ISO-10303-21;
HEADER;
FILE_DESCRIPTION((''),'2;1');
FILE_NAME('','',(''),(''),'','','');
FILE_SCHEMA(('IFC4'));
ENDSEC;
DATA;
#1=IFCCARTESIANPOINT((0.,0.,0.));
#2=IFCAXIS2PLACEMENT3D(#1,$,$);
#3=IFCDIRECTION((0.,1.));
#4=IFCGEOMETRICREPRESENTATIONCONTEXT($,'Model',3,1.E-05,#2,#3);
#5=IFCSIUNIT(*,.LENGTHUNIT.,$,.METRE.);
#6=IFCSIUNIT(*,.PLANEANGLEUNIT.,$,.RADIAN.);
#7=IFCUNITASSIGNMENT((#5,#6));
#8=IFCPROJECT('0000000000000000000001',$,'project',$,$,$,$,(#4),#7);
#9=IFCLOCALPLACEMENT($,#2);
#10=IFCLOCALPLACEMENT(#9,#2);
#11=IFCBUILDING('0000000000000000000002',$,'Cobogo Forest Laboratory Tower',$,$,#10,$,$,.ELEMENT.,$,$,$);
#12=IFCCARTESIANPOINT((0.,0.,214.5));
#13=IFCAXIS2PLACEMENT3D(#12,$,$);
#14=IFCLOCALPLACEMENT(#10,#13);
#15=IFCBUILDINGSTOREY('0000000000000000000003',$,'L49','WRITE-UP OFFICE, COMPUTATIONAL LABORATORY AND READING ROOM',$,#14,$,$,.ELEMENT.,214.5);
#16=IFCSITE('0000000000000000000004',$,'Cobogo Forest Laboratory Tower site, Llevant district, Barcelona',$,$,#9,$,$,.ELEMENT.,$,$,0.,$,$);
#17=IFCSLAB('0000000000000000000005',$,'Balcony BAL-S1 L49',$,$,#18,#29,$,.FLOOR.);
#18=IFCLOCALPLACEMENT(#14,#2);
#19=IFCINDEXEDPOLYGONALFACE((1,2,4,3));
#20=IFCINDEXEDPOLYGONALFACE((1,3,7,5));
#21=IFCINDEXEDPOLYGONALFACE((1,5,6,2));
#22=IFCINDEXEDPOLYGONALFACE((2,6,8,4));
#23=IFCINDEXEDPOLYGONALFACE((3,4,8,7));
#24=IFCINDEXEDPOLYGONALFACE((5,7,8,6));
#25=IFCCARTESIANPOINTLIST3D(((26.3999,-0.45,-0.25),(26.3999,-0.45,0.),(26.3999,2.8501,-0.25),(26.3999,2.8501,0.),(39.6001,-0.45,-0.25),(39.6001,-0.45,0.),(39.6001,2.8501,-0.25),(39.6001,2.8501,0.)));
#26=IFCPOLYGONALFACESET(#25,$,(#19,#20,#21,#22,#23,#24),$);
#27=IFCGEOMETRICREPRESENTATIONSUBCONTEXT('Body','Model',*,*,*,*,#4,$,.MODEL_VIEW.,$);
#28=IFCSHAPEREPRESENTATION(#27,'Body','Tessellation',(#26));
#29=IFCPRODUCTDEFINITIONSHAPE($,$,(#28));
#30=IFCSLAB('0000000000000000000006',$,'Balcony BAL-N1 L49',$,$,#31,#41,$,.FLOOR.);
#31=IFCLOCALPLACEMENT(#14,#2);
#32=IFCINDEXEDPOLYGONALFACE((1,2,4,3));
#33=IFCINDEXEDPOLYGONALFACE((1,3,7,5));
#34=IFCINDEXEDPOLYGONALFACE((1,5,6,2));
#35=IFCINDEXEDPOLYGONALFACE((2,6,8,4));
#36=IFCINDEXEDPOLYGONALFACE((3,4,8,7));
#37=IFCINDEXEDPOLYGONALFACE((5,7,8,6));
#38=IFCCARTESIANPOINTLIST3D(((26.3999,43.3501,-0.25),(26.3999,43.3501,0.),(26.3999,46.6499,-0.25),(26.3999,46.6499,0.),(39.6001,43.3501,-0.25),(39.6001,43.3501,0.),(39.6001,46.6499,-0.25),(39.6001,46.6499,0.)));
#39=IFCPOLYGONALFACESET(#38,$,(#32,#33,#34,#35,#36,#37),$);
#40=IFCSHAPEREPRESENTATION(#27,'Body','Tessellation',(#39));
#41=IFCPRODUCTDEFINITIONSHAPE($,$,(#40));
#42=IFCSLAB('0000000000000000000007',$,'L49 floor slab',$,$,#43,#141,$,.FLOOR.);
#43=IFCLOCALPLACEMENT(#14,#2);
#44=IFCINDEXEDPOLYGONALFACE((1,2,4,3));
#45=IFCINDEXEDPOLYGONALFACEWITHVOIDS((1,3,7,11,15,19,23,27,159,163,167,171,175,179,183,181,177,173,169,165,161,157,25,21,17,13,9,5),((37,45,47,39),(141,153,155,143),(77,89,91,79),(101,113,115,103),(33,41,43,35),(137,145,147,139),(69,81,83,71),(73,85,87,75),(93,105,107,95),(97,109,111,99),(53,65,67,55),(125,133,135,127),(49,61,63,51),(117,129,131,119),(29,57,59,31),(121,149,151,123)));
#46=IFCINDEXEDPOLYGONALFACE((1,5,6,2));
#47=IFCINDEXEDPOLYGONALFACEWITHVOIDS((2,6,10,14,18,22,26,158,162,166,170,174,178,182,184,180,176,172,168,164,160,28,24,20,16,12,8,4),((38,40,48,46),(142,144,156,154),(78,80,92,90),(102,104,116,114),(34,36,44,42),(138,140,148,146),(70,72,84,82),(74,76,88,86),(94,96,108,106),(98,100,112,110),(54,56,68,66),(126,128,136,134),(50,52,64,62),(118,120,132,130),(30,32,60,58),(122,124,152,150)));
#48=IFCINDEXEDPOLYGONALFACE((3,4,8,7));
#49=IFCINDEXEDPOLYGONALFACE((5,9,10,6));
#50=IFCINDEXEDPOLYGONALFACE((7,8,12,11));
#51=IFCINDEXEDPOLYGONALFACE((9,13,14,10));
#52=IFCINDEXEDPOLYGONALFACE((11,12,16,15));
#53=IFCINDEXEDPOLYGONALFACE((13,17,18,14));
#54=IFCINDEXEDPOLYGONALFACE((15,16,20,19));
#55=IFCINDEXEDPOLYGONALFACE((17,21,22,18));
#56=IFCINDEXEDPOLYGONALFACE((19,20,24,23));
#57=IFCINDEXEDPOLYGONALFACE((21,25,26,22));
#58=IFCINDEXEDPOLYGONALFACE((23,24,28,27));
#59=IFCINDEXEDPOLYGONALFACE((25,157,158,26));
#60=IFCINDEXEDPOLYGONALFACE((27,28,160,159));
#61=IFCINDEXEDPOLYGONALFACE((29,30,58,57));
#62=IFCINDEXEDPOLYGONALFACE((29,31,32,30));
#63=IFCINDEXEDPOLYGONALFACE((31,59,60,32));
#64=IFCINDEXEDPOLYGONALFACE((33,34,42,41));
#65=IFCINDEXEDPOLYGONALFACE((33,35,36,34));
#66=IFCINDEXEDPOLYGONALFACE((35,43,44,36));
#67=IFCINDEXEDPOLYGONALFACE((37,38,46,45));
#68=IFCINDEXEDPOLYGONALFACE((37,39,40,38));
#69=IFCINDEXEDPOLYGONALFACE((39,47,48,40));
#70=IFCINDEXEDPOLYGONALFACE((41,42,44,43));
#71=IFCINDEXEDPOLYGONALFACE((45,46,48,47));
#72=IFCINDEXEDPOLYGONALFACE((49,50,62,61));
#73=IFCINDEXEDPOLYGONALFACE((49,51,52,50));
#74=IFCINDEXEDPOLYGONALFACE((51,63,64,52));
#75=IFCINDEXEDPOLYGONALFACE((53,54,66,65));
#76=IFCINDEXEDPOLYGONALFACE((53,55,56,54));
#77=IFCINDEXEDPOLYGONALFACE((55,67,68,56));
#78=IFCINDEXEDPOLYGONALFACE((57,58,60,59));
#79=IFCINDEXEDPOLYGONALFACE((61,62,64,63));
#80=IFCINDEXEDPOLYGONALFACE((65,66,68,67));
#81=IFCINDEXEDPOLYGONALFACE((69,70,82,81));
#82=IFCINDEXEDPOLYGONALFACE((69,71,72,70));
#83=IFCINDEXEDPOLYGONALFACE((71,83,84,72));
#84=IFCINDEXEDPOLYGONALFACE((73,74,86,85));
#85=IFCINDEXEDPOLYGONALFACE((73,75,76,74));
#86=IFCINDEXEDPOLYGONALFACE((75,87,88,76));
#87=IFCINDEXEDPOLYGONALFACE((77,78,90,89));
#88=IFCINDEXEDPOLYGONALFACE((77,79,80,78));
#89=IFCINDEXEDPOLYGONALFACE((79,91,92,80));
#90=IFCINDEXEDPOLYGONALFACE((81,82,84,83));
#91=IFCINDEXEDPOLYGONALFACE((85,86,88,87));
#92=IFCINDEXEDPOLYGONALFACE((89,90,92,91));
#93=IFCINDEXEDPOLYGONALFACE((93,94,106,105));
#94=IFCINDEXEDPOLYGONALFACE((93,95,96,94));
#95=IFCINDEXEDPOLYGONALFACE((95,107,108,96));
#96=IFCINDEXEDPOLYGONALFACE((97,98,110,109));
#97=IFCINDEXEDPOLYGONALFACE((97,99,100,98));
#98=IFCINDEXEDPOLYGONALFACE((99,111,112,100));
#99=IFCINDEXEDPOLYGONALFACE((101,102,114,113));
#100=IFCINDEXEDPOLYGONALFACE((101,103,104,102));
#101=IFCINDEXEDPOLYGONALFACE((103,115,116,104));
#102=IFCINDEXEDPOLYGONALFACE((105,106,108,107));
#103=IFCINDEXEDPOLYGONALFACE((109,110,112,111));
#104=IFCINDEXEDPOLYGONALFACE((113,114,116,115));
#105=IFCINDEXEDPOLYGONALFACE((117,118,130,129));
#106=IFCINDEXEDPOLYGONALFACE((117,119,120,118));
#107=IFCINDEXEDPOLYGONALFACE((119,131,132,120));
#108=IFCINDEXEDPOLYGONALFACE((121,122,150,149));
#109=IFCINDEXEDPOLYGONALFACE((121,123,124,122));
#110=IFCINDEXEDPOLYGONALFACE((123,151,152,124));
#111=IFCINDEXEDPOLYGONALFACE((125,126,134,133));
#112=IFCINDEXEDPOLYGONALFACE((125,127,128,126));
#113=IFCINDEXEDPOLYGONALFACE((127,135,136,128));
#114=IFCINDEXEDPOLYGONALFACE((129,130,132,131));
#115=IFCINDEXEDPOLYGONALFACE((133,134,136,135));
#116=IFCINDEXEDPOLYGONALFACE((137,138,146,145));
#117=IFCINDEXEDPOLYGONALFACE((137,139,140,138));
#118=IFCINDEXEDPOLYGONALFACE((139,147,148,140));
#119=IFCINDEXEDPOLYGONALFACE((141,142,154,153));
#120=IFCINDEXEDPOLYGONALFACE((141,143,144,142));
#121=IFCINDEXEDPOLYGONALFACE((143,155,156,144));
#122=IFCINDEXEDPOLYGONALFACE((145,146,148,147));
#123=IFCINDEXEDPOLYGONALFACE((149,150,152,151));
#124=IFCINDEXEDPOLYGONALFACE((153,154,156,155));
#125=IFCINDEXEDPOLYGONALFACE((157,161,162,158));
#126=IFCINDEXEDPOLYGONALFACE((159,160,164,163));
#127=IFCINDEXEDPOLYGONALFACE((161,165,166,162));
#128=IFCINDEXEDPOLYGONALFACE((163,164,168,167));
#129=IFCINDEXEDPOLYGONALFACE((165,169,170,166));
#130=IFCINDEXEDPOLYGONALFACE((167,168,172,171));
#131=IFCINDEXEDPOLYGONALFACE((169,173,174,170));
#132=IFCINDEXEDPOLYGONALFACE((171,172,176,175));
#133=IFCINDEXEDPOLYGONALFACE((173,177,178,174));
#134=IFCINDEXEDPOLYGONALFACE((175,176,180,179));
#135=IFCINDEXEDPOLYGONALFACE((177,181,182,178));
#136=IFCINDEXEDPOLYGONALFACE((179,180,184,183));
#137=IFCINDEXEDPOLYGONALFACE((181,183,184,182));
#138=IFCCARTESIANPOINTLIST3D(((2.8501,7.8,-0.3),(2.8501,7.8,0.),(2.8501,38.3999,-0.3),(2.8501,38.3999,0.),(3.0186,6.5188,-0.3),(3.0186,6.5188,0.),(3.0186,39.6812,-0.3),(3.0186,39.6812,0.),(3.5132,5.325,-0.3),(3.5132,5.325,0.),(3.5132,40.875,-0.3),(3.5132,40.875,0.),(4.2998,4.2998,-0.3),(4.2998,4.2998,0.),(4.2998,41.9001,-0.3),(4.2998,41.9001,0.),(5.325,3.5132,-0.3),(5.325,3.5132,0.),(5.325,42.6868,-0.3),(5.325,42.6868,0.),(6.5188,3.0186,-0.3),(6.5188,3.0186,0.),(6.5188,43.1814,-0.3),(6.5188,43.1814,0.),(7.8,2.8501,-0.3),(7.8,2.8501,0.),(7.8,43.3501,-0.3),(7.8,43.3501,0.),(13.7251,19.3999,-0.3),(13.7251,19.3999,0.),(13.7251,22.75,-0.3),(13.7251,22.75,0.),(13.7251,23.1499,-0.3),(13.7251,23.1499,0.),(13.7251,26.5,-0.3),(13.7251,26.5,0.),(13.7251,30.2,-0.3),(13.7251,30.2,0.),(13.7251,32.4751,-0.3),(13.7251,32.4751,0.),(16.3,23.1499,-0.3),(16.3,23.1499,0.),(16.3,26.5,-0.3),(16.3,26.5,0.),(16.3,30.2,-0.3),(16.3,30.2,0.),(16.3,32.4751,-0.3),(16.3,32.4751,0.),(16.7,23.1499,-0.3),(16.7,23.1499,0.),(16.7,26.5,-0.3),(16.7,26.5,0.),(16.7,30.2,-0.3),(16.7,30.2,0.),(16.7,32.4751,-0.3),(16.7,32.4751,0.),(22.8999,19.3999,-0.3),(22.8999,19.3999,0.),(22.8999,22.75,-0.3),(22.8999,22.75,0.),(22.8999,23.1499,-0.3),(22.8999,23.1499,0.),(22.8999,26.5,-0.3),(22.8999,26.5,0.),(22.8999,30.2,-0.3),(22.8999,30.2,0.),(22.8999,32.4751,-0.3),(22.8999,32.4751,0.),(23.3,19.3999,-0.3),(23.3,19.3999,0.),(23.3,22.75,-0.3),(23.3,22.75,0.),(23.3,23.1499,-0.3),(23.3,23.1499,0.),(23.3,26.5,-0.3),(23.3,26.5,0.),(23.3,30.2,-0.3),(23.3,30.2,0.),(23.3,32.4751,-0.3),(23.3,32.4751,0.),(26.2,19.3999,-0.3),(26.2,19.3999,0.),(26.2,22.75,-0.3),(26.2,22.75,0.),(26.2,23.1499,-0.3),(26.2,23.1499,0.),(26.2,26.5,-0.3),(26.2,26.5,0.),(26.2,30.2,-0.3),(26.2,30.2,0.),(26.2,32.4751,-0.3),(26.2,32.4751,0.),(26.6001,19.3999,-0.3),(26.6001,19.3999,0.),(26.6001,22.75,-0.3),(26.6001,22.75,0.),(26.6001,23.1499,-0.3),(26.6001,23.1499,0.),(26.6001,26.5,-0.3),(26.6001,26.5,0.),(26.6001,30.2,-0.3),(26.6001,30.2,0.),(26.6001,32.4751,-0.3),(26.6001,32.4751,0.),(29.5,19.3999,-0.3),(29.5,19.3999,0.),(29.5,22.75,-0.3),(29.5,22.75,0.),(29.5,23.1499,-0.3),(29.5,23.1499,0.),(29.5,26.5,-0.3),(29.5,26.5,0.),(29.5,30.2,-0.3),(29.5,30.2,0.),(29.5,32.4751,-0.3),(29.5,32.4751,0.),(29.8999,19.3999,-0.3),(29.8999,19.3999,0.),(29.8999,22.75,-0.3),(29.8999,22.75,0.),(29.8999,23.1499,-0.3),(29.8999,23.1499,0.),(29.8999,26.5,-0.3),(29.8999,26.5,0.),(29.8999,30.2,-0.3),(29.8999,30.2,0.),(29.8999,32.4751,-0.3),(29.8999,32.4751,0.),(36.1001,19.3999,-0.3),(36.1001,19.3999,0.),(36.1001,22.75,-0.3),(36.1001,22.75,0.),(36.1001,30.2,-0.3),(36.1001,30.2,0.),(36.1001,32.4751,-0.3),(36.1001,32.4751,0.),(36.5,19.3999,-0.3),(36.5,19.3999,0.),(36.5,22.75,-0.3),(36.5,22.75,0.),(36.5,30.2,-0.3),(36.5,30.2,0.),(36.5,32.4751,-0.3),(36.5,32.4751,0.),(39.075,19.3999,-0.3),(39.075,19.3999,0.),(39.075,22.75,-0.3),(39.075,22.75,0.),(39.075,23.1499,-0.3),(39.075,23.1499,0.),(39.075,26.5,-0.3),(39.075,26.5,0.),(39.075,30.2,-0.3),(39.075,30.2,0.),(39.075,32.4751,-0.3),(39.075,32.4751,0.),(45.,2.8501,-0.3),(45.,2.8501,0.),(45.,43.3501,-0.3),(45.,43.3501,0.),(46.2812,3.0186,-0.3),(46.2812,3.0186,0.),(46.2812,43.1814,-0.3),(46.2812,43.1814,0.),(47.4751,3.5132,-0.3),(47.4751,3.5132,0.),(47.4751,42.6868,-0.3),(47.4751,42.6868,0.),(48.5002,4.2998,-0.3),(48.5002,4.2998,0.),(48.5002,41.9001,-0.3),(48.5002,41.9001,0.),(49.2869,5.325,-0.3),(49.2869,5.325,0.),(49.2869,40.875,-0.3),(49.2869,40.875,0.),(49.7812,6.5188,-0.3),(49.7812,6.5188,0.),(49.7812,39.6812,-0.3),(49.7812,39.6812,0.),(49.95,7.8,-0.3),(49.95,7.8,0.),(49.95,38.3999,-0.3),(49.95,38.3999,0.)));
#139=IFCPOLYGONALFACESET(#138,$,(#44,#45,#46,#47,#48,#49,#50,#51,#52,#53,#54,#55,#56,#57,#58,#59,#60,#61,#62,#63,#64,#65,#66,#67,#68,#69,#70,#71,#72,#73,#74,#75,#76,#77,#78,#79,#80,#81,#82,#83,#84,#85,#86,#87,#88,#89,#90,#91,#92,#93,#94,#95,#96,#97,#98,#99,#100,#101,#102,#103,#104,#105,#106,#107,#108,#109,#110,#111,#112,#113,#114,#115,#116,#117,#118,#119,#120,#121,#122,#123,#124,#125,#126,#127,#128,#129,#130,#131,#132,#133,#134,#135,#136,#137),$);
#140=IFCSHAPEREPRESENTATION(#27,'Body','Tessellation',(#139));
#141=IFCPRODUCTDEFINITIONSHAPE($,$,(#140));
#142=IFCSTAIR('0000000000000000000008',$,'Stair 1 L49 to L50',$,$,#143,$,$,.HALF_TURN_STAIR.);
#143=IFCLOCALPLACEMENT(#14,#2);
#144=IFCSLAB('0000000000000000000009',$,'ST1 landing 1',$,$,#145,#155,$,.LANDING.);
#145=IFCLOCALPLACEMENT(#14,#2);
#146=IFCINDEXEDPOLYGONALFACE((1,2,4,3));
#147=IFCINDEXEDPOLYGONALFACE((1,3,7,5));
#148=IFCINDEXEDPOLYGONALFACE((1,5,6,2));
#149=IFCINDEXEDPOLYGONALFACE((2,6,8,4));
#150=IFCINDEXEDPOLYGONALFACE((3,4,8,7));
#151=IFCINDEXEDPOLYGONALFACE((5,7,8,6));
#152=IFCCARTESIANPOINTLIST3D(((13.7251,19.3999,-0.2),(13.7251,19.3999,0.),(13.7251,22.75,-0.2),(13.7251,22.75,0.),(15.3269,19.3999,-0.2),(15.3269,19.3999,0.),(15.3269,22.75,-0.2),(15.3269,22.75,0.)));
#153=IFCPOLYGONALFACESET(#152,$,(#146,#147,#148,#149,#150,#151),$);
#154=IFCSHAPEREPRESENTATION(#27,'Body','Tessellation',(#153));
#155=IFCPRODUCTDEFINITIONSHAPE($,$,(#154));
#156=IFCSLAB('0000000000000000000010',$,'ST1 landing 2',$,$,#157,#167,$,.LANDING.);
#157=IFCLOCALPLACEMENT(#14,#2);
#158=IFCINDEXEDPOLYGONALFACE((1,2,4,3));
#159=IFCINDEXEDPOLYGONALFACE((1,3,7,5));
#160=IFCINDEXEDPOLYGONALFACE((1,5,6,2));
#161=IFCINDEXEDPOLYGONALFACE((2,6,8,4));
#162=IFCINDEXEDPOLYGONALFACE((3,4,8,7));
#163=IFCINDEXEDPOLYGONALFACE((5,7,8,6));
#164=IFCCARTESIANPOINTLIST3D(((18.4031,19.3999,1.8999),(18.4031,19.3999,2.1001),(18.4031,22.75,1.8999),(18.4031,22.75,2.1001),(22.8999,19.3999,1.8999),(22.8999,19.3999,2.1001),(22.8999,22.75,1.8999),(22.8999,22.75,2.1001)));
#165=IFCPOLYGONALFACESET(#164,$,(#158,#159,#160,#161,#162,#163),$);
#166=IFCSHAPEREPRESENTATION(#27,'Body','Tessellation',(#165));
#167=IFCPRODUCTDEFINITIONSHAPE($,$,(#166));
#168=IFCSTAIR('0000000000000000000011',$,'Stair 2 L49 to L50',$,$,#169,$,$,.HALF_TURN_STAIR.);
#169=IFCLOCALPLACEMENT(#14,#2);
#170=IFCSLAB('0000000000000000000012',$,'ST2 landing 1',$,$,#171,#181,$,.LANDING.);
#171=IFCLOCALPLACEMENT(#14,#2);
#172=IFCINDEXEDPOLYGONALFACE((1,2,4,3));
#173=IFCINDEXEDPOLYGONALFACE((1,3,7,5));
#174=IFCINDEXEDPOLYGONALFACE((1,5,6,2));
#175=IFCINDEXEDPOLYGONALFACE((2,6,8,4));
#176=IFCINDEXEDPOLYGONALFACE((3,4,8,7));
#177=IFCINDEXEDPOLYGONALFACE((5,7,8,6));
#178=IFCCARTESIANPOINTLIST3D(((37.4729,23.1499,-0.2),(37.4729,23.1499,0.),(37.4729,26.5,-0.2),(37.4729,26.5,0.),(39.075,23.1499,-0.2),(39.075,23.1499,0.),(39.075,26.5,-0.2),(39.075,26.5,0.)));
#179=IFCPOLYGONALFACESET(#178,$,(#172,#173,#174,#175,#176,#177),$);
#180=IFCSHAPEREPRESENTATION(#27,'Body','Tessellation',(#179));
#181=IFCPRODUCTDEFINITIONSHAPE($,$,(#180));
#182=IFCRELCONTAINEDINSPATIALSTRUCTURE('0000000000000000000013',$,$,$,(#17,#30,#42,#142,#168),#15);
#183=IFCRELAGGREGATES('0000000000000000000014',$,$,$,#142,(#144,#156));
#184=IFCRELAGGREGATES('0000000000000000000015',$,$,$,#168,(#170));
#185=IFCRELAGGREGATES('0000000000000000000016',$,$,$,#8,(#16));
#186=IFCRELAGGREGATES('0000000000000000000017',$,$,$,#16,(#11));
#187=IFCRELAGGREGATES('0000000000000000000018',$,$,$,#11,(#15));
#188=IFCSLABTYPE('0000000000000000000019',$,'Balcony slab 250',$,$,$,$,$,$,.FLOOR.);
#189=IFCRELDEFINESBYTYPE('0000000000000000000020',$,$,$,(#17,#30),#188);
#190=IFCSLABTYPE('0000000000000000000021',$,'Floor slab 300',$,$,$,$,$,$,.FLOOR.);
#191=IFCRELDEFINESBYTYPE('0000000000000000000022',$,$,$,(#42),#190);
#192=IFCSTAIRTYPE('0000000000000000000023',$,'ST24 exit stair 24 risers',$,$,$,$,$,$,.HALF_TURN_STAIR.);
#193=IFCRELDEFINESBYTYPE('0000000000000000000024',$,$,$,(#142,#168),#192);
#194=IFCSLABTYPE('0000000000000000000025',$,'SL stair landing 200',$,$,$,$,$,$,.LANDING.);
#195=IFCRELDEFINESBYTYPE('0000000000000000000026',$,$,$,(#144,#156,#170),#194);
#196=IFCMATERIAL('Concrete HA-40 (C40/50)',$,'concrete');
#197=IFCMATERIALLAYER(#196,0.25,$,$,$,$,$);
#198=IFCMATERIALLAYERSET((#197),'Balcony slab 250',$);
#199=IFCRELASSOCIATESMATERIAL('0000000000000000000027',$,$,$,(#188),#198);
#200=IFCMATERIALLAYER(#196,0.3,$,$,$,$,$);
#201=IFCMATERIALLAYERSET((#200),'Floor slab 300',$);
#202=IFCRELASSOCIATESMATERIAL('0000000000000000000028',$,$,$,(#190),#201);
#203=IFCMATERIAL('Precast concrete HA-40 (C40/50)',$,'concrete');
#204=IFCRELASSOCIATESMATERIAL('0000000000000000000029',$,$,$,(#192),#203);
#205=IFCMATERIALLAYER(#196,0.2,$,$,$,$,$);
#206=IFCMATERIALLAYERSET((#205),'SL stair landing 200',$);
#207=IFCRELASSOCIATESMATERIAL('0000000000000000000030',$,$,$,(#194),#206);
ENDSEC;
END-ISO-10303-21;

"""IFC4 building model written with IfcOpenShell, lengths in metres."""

from ifc_helpers import new_model, si_unit, direction, frame, origin, place, context, subcontext, project, spatial, polyline, outline, extrude, material, layer, layer_set, type_object, element, aggregate, save


model = new_model("IFC4")

# Units and contexts
model_context = context("Model", 3, precision=1e-05, world=origin(), true_north=direction((0.0, 1.0)))
body_context = subcontext(model_context, "Body", "Model", "MODEL_VIEW")
ifc_project = project(units=[si_unit("LENGTHUNIT", "METRE"), si_unit("PLANEANGLEUNIT", "RADIAN")], contexts=[model_context])

# Site, building, storey
site_placement = place(None, origin())
site = spatial("IfcSite", under=ifc_project, at=site_placement, Name="Cobogo Forest Laboratory Tower site, Llevant district, Barcelona", CompositionType="ELEMENT", RefElevation=0.0)
building_placement = place(site_placement, origin())
building = spatial("IfcBuilding", under=site, at=building_placement, Name="Cobogo Forest Laboratory Tower", CompositionType="ELEMENT")
storey_placement = place(building_placement, frame((0.0, 0.0, 214.5)))
storey = spatial("IfcBuildingStorey", under=building, at=storey_placement, Name="L49", Description="WRITE-UP OFFICE, COMPUTATIONAL LABORATORY AND READING ROOM", CompositionType="ELEMENT", Elevation=214.5)

# Slabs
ifc_material_1 = material(Name="Concrete HA-40 (C40/50)", Category="concrete")
ifc_layer_1 = layer(ifc_material_1, 0.25)
ifc_layer_set_1 = layer_set([ifc_layer_1], Name="Balcony slab 250")
slab_type_1 = type_object("IfcSlabType", Name="Balcony slab 250", PredefinedType="FLOOR", material=ifc_layer_set_1)
slab_1_placement = place(storey_placement, frame((0.0, 0.0, -0.25)))
element("IfcSlab", 1, at=slab_1_placement, inside=storey, type_object=slab_type_1, Name="Balcony BAL-S1 L49", PredefinedType="FLOOR", context=body_context, shape_type="SweptSolid", body=[
    extrude(outline(polyline([(26.3999, -0.45), (39.6001, -0.45), (39.6001, 2.8501), (26.3999, 2.8501), (26.3999, -0.45)])), origin(), (0.0, 0.0, 1.0), 0.25),
])
slab_2_placement = place(storey_placement, frame((0.0, 0.0, -0.25)))
element("IfcSlab", 2, at=slab_2_placement, inside=storey, type_object=slab_type_1, Name="Balcony BAL-N1 L49", PredefinedType="FLOOR", context=body_context, shape_type="SweptSolid", body=[
    extrude(outline(polyline([(26.3999, 43.3501), (39.6001, 43.3501), (39.6001, 46.6499), (26.3999, 46.6499), (26.3999, 43.3501)])), origin(), (0.0, 0.0, 1.0), 0.25),
])
ifc_layer_2 = layer(ifc_material_1, 0.3)
ifc_layer_set_2 = layer_set([ifc_layer_2], Name="Floor slab 300")
slab_type_2 = type_object("IfcSlabType", Name="Floor slab 300", PredefinedType="FLOOR", material=ifc_layer_set_2)
slab_3_placement = place(storey_placement, frame((0.0, 0.0, -0.3)))
element("IfcSlab", 3, at=slab_3_placement, inside=storey, type_object=slab_type_2, Name="L49 floor slab", PredefinedType="FLOOR", context=body_context, shape_type="SweptSolid", body=[
    extrude(outline(polyline([(45.0, 2.8501), (46.2812, 3.0186), (47.4751, 3.5132), (48.5002, 4.2998), (49.2869, 5.325), (49.7812, 6.5188), (49.95, 7.8), (49.95, 38.3999), (49.7812, 39.6812), (49.2869, 40.875), (48.5002, 41.9001), (47.4751, 42.6868), (46.2812, 43.1814), (45.0, 43.3501), (7.8, 43.3501), (6.5188, 43.1814), (5.325, 42.6868), (4.2998, 41.9001), (3.5132, 40.875), (3.0186, 39.6812), (2.8501, 38.3999), (2.8501, 7.8), (3.0186, 6.5188), (3.5132, 5.325), (4.2998, 4.2998), (5.325, 3.5132), (6.5188, 3.0186), (7.8, 2.8501), (45.0, 2.8501)]), holes=[polyline([(22.8999, 19.3999), (13.7251, 19.3999), (13.7251, 22.75), (22.8999, 22.75), (22.8999, 19.3999)]), polyline([(26.2, 19.3999), (23.3, 19.3999), (23.3, 22.75), (26.2, 22.75), (26.2, 19.3999)]), polyline([(29.5, 19.3999), (26.6001, 19.3999), (26.6001, 22.75), (29.5, 22.75), (29.5, 19.3999)]), polyline([(36.1001, 22.75), (36.1001, 19.3999), (29.8999, 19.3999), (29.8999, 22.75), (36.1001, 22.75)]), polyline([(36.5, 19.3999), (36.5, 22.75), (39.075, 22.75), (39.075, 19.3999), (36.5, 19.3999)]), polyline([(16.3, 23.1499), (13.7251, 23.1499), (13.7251, 26.5), (16.3, 26.5), (16.3, 23.1499)]), polyline([(22.8999, 26.5), (22.8999, 23.1499), (16.7, 23.1499), (16.7, 26.5), (22.8999, 26.5)]), polyline([(26.2, 23.1499), (23.3, 23.1499), (23.3, 26.5), (26.2, 26.5), (26.2, 23.1499)]), polyline([(26.6001, 23.1499), (26.6001, 26.5), (29.5, 26.5), (29.5, 23.1499), (26.6001, 23.1499)]), polyline([(39.075, 23.1499), (29.8999, 23.1499), (29.8999, 26.5), (39.075, 26.5), (39.075, 23.1499)]), polyline([(16.3, 30.2), (13.7251, 30.2), (13.7251, 32.4751), (16.3, 32.4751), (16.3, 30.2)]), polyline([(22.8999, 32.4751), (22.8999, 30.2), (16.7, 30.2), (16.7, 32.4751), (22.8999, 32.4751)]), polyline([(23.3, 30.2), (23.3, 32.4751), (26.2, 32.4751), (26.2, 30.2), (23.3, 30.2)]), polyline([(29.5, 30.2), (26.6001, 30.2), (26.6001, 32.4751), (29.5, 32.4751), (29.5, 30.2)]), polyline([(36.1001, 32.4751), (36.1001, 30.2), (29.8999, 30.2), (29.8999, 32.4751), (36.1001, 32.4751)]), polyline([(36.5, 30.2), (36.5, 32.4751), (39.075, 32.4751), (39.075, 30.2), (36.5, 30.2)])]), origin(), (0.0, 0.0, 1.0), 0.3),
])

# Stairs, slabs
ifc_material_2 = material(Name="Precast concrete HA-40 (C40/50)", Category="concrete")
stair_type = type_object("IfcStairType", Name="ST24 exit stair 24 risers", PredefinedType="HALF_TURN_STAIR", material=ifc_material_2)
stair_1_placement = place(storey_placement, origin())
stair_1 = element("IfcStair", 4, at=stair_1_placement, inside=storey, type_object=stair_type, Name="Stair 1 L49 to L50", PredefinedType="HALF_TURN_STAIR")
ifc_layer_3 = layer(ifc_material_1, 0.2)
ifc_layer_set_3 = layer_set([ifc_layer_3], Name="SL stair landing 200")
slab_type_3 = type_object("IfcSlabType", Name="SL stair landing 200", PredefinedType="LANDING", material=ifc_layer_set_3)
slab_4_placement = place(storey_placement, frame((0.0, 0.0, -0.2)))
slab_4 = element("IfcSlab", 5, at=slab_4_placement, type_object=slab_type_3, Name="ST1 landing 1", PredefinedType="LANDING", context=body_context, shape_type="SweptSolid", body=[
    extrude(outline(polyline([(13.7251, 19.3999), (15.3269, 19.3999), (15.3269, 22.75), (13.7251, 22.75), (13.7251, 19.3999)])), origin(), (0.0, 0.0, 1.0), 0.2),
])
slab_5_placement = place(storey_placement, frame((0.0, 0.0, 1.8999)))
slab_5 = element("IfcSlab", 6, at=slab_5_placement, type_object=slab_type_3, Name="ST1 landing 2", PredefinedType="LANDING", context=body_context, shape_type="SweptSolid", body=[
    extrude(outline(polyline([(18.4031, 19.3999), (22.8999, 19.3999), (22.8999, 22.75), (18.4031, 22.75), (18.4031, 19.3999)])), origin(), (0.0, 0.0, 1.0), 0.2002),
])
aggregate(stair_1, [slab_4, slab_5])
stair_2_placement = place(storey_placement, origin())
stair_2 = element("IfcStair", 7, at=stair_2_placement, inside=storey, type_object=stair_type, Name="Stair 2 L49 to L50", PredefinedType="HALF_TURN_STAIR")
slab_6_placement = place(storey_placement, frame((0.0, 0.0, -0.2)))
slab_6 = element("IfcSlab", 8, at=slab_6_placement, type_object=slab_type_3, Name="ST2 landing 1", PredefinedType="LANDING", context=body_context, shape_type="SweptSolid", body=[
    extrude(outline(polyline([(37.4729, 23.1499), (39.075, 23.1499), (39.075, 26.5), (37.4729, 26.5), (37.4729, 23.1499)])), origin(), (0.0, 0.0, 1.0), 0.2),
])
aggregate(stair_2, [slab_6])

save(model, "model.ifc")
